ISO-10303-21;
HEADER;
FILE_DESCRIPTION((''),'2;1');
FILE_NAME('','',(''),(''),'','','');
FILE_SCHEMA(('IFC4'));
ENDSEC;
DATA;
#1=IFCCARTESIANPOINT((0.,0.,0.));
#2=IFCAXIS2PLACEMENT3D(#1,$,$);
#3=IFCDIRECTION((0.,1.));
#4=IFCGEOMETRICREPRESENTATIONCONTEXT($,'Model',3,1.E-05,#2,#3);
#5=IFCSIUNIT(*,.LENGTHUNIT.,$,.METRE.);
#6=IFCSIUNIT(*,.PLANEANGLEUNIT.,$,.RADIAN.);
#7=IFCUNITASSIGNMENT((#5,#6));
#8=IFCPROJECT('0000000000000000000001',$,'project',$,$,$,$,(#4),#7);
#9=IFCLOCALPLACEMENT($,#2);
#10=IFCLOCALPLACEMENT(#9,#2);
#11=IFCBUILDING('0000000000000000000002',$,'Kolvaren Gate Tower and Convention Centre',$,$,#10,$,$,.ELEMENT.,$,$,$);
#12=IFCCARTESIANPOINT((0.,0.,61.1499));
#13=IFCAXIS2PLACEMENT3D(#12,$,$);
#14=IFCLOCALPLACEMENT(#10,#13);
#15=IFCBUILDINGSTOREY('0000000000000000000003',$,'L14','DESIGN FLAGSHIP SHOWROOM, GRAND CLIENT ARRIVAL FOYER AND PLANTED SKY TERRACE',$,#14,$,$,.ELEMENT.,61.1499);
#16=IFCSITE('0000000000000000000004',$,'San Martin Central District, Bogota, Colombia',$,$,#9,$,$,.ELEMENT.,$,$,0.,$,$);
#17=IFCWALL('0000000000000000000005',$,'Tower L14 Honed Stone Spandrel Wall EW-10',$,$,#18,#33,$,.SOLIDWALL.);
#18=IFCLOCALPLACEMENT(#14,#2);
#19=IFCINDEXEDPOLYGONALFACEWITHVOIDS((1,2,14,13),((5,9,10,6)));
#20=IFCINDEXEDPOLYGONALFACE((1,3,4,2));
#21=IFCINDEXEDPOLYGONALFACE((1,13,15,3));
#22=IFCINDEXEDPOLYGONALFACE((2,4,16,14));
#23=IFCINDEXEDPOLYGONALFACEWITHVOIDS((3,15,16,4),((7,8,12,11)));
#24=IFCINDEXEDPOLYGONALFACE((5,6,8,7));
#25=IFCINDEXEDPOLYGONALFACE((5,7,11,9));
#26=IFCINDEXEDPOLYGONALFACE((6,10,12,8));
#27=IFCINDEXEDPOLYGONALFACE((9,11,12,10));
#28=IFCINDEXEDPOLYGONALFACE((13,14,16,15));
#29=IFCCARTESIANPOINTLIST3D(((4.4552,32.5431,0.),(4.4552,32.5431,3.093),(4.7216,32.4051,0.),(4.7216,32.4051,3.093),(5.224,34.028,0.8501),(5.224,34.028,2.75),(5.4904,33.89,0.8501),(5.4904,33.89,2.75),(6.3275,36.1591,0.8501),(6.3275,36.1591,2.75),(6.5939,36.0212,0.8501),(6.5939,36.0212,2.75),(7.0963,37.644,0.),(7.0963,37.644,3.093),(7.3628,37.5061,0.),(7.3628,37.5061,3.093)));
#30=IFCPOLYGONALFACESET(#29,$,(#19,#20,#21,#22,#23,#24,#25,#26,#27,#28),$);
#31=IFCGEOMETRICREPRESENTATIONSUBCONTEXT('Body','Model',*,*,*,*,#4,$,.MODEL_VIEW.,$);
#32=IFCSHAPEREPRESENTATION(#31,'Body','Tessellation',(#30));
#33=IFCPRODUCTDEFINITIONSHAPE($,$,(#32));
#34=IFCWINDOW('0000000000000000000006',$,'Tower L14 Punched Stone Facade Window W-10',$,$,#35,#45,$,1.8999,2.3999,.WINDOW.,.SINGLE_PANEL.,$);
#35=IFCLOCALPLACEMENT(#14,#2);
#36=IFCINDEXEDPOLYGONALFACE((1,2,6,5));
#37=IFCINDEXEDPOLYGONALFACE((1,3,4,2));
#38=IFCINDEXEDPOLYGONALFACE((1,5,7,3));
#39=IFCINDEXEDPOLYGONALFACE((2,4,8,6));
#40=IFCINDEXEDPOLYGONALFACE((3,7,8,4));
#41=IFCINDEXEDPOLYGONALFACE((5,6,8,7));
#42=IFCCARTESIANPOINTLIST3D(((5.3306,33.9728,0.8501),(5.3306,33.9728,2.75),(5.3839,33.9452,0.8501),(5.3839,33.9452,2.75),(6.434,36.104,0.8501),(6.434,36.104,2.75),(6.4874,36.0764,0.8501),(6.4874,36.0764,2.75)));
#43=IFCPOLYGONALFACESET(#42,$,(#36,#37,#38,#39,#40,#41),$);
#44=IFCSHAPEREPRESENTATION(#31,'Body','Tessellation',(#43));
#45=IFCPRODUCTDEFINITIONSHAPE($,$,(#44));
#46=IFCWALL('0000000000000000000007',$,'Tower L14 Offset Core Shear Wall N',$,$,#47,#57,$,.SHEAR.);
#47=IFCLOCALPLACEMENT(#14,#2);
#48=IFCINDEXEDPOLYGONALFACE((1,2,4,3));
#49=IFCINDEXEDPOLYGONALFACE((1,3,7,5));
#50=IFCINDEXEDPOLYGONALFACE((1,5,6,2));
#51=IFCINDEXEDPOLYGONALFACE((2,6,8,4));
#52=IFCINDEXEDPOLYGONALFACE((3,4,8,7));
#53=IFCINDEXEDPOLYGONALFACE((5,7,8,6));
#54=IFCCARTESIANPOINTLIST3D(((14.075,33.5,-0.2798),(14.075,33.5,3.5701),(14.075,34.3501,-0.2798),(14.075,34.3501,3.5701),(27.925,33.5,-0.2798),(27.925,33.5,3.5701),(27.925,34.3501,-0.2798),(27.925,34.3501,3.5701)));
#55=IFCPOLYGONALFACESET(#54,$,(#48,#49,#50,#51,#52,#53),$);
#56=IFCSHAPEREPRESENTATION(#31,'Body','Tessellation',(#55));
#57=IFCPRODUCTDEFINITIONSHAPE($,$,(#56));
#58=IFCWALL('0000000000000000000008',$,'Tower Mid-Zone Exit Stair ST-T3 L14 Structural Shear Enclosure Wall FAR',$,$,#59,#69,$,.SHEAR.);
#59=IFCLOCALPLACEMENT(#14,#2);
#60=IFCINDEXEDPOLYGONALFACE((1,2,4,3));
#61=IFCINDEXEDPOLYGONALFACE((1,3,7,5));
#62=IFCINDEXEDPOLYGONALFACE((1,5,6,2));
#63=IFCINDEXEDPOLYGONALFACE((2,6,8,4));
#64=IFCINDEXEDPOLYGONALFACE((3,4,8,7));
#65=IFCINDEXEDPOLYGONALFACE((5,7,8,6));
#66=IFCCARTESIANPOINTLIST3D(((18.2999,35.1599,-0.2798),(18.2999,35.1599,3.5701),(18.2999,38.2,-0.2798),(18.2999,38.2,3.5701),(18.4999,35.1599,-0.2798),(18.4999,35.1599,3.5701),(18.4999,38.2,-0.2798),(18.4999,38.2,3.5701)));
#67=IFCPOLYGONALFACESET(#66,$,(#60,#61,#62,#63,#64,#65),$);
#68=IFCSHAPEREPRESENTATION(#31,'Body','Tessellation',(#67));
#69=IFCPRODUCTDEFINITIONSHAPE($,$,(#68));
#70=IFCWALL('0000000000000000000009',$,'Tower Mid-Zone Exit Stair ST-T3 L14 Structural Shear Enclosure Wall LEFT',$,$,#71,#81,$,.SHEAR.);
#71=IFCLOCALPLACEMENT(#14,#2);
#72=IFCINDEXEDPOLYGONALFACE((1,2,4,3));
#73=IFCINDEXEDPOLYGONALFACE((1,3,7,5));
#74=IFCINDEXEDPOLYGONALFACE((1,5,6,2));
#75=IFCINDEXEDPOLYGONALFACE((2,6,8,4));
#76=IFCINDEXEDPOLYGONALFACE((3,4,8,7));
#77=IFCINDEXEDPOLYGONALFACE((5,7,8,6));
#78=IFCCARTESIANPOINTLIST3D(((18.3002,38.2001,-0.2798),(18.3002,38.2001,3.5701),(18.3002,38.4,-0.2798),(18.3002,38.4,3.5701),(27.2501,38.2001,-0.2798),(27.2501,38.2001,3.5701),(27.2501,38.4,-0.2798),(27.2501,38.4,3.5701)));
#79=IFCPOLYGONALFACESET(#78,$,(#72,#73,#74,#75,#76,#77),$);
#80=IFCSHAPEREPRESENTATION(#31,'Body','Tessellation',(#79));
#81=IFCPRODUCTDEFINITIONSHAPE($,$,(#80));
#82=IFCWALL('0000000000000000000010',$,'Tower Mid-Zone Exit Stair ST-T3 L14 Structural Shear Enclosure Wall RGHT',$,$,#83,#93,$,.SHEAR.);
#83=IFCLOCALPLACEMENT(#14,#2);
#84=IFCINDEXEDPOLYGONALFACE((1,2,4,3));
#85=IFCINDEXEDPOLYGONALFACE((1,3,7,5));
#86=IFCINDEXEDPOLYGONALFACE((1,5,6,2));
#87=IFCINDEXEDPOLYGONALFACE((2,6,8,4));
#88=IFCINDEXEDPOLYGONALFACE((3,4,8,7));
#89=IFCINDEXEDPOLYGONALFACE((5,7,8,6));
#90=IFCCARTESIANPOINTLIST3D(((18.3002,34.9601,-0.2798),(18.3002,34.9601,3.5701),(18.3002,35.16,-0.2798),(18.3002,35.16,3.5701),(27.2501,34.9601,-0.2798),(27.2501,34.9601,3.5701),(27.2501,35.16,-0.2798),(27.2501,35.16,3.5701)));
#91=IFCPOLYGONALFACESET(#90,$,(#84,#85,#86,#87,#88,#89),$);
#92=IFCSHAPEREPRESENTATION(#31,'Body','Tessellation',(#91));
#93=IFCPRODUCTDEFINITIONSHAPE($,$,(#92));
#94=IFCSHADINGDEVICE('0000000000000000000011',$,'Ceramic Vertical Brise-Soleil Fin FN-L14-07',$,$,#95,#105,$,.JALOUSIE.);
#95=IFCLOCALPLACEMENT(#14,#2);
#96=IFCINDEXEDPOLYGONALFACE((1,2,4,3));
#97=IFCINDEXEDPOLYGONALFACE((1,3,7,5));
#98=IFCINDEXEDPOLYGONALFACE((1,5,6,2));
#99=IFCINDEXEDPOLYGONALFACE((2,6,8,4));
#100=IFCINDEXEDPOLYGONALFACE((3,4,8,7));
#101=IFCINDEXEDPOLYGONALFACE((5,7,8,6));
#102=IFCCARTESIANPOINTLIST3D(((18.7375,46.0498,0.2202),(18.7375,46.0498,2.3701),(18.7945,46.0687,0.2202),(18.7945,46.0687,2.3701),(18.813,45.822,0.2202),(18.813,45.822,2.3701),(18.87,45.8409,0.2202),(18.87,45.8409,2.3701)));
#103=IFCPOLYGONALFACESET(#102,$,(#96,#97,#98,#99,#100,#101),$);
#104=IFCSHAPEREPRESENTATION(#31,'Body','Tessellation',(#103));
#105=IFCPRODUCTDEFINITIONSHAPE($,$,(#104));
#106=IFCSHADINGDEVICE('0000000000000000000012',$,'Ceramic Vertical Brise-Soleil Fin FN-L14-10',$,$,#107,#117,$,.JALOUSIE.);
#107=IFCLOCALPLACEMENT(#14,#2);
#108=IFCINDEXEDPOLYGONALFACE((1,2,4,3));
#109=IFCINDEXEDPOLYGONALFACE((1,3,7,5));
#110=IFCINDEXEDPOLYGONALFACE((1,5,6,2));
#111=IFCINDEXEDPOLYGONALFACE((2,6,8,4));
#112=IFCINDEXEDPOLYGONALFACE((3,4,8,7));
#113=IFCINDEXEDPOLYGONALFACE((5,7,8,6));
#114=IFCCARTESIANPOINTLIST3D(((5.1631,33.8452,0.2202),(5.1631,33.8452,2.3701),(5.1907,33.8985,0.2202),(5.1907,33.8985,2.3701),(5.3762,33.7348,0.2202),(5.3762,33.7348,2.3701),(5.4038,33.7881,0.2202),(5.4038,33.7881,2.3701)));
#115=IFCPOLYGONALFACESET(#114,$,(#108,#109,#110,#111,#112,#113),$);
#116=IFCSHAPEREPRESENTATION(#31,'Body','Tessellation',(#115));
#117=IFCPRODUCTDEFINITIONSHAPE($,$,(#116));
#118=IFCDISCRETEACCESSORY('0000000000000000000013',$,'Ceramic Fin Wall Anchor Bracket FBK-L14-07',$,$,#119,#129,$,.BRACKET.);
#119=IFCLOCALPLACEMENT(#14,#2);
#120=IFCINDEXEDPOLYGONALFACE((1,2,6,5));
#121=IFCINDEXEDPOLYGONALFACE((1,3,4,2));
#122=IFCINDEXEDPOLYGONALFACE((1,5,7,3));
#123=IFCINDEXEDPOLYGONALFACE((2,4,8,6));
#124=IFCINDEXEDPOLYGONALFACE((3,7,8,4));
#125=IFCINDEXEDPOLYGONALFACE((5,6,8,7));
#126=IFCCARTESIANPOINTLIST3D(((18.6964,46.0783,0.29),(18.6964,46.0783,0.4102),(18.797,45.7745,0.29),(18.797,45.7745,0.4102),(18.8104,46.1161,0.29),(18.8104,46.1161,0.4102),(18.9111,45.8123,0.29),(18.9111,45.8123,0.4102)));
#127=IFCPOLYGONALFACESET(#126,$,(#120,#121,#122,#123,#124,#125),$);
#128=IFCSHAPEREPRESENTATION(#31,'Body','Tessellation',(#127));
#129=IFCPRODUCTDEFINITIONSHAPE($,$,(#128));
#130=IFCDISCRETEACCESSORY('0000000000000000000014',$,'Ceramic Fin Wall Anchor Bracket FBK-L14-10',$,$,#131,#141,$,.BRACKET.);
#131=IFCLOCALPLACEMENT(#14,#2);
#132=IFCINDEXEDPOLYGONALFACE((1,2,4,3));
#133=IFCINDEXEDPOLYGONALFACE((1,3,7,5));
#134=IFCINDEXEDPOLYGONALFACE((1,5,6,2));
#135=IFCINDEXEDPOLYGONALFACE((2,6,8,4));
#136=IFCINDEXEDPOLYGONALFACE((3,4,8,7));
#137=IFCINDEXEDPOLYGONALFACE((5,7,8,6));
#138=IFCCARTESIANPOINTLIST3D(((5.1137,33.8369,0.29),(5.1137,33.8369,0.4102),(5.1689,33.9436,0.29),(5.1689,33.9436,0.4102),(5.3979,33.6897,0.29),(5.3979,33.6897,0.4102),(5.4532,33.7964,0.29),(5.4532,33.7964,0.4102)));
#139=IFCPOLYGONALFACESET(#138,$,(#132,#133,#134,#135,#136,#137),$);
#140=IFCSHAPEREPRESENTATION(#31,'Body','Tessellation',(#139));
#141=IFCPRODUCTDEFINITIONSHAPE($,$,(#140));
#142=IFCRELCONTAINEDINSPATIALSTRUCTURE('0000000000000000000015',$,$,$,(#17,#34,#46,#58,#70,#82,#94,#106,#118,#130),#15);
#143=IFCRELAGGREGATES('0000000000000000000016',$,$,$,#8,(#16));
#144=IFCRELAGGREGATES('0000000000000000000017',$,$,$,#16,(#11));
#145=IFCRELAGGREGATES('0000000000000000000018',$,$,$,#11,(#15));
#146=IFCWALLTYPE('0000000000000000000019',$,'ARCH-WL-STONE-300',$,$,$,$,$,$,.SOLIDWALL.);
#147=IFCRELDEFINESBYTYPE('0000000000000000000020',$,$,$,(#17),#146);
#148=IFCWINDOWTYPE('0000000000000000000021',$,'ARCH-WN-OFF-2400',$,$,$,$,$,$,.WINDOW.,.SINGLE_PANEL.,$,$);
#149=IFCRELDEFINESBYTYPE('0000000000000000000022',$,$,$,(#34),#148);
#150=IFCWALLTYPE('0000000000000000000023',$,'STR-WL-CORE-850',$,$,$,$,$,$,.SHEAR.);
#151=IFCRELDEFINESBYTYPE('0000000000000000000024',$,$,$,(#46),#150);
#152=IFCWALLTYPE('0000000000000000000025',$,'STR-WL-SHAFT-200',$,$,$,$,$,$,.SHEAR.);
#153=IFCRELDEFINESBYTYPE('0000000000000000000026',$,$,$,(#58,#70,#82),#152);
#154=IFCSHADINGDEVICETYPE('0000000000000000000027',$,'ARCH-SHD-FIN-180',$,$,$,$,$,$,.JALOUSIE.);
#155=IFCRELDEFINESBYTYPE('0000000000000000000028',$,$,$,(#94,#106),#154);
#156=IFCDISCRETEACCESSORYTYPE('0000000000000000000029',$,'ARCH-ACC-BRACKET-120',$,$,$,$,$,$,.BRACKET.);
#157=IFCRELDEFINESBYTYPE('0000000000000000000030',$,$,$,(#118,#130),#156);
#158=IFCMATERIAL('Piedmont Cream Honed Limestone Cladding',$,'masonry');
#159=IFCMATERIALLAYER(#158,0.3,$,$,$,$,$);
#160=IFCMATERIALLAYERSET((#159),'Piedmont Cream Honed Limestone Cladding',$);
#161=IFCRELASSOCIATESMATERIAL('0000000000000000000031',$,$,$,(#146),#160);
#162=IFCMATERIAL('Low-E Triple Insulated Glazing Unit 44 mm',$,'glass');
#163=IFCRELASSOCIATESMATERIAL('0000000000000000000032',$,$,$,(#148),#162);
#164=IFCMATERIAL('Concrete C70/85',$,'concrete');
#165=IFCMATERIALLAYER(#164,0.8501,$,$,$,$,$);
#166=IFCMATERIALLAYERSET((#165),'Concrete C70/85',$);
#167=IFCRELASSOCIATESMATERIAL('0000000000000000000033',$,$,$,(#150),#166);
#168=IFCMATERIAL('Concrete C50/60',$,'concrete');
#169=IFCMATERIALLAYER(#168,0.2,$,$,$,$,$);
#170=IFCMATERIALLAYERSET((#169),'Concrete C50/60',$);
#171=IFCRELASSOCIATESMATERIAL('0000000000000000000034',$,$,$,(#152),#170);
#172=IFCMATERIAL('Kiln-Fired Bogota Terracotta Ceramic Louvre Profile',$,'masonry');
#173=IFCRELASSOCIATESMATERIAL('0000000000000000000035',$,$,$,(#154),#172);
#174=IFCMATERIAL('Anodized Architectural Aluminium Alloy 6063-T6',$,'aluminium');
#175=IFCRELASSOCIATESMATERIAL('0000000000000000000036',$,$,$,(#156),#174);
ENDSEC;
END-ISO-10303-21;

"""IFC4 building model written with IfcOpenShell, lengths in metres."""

from ifc_helpers import new_model, si_unit, direction, frame, frame_2d, origin, origin_2d, place, context, subcontext, project, spatial, rectangle, extrude, material, layer, layer_set, type_object, element, fill, save


model = new_model("IFC4")

# Units and contexts
model_context = context("Model", 3, precision=1e-05, world=origin(), true_north=direction((0.0, 1.0)))
body_context = subcontext(model_context, "Body", "Model", "MODEL_VIEW")
ifc_project = project(units=[si_unit("LENGTHUNIT", "METRE"), si_unit("PLANEANGLEUNIT", "RADIAN")], contexts=[model_context])

# Site, building, storey
site_placement = place(None, origin())
site = spatial("IfcSite", under=ifc_project, at=site_placement, Name="San Martin Central District, Bogota, Colombia", CompositionType="ELEMENT", RefElevation=0.0)
building_placement = place(site_placement, origin())
building = spatial("IfcBuilding", under=site, at=building_placement, Name="Kolvaren Gate Tower and Convention Centre", CompositionType="ELEMENT")
storey_placement = place(building_placement, frame((0.0, 0.0, 61.1499)))
storey = spatial("IfcBuildingStorey", under=building, at=storey_placement, Name="L14", Description="DESIGN FLAGSHIP SHOWROOM, GRAND CLIENT ARRIVAL FOYER AND PLANTED SKY TERRACE", CompositionType="ELEMENT", Elevation=61.1499)

# Shared definitions
ifc_material_1 = material(Name="Concrete C70/85", Category="concrete")

# Shared definitions
ifc_material_2 = material(Name="Piedmont Cream Honed Limestone Cladding", Category="masonry")

# Shared definitions
ifc_layer_1 = layer(ifc_material_2, 0.3)
ifc_layer_set_1 = layer_set([ifc_layer_1], Name="Piedmont Cream Honed Limestone Cladding")
wall_type_1 = type_object("IfcWallType", Name="ARCH-WL-STONE-300", PredefinedType="SOLIDWALL", material=ifc_layer_set_1)
ifc_material_3 = material(Name="Low-E Triple Insulated Glazing Unit 44 mm", Category="glass")
window_type = type_object("IfcWindowType", Name="ARCH-WN-OFF-2400", PartitioningType="SINGLE_PANEL", PredefinedType="WINDOW", material=ifc_material_3)

# Shared definitions
ifc_material_4 = material(Name="Anodized Architectural Aluminium Alloy 6063-T6", Category="aluminium")

# Wall, opening, window
wall_1_placement = place(storey_placement, frame((4.5884, 32.4741, 0.0), z_axis=(0.0, 0.0, 1.0), x_axis=(0.459801, 0.888022, 0.0)))
wall_1 = element("IfcWall", 1, at=wall_1_placement, inside=storey, type_object=wall_type_1, Name="Tower L14 Honed Stone Spandrel Wall EW-10", PredefinedType="SOLIDWALL", context=body_context, shape_type="SweptSolid", body=[
    extrude(rectangle(XDim=5.7441, YDim=0.3, at=frame_2d((2.8721, 0.0))), origin(), (0.0, 0.0, 1.0), 3.093),
])
opening_1_placement = place(wall_1_placement, frame((1.6721, 0.0, 0.8501)))
opening_1 = element("IfcOpeningElement", 2, at=opening_1_placement, cuts=wall_1, PredefinedType="OPENING", context=body_context, shape_type="SweptSolid", body=[
    extrude(rectangle(XDim=2.3999, YDim=1.8999, at=frame_2d((1.2, 0.95))), frame((0.0, 0.1599, 0.0), z_axis=(0.0, -1.0, 0.0), x_axis=(1.0, 0.0, 0.0)), (0.0, 0.0, 1.0), 0.3201),
])
window_1_placement = place(opening_1_placement, origin())
window_1 = element("IfcWindow", 3, at=window_1_placement, inside=storey, type_object=window_type, Name="Tower L14 Punched Stone Facade Window W-10", OverallHeight=1.8999, OverallWidth=2.3999, PartitioningType="SINGLE_PANEL", PredefinedType="WINDOW", context=body_context, shape_type="SweptSolid", body=[
    extrude(rectangle(XDim=2.3999, YDim=1.8999, at=frame_2d((1.2, 0.95))), frame((0.0, 0.03, 0.0), z_axis=(0.0, -1.0, 0.0), x_axis=(1.0, 0.0, 0.0)), (0.0, 0.0, 1.0), 0.0601),
])
fill(opening_1, window_1)

# Walls
ifc_layer_2 = layer(ifc_material_1, 0.8501)
ifc_layer_set_2 = layer_set([ifc_layer_2], Name="Concrete C70/85")
wall_type_2 = type_object("IfcWallType", Name="STR-WL-CORE-850", PredefinedType="SHEAR", material=ifc_layer_set_2)
wall_2_placement = place(storey_placement, frame((14.075, 33.925, -0.2798), z_axis=(0.0, 0.0, 1.0), x_axis=(1.0, 0.0, 0.0)))
element("IfcWall", 4, at=wall_2_placement, inside=storey, type_object=wall_type_2, Name="Tower L14 Offset Core Shear Wall N", PredefinedType="SHEAR", context=body_context, shape_type="SweptSolid", body=[
    extrude(rectangle(XDim=13.8501, YDim=0.8501, at=frame_2d((6.925, 0.0))), origin(), (0.0, 0.0, 1.0), 3.8499),
])
ifc_material_5 = material(Name="Concrete C50/60", Category="concrete")
ifc_layer_3 = layer(ifc_material_5, 0.2)
ifc_layer_set_3 = layer_set([ifc_layer_3], Name="Concrete C50/60")
wall_type_3 = type_object("IfcWallType", Name="STR-WL-SHAFT-200", PredefinedType="SHEAR", material=ifc_layer_set_3)
wall_3_placement = place(storey_placement, frame((18.3999, 35.1599, -0.2798), z_axis=(0.0, 0.0, 1.0), x_axis=(0.0, 1.0, 0.0)))
element("IfcWall", 5, at=wall_3_placement, inside=storey, type_object=wall_type_3, Name="Tower Mid-Zone Exit Stair ST-T3 L14 Structural Shear Enclosure Wall FAR", PredefinedType="SHEAR", context=body_context, shape_type="SweptSolid", body=[
    extrude(rectangle(XDim=3.04, YDim=0.2, at=frame_2d((1.52, 0.0))), origin(), (0.0, 0.0, 1.0), 3.8499),
])
for number, where, z_axis, x_axis, name in (
    (6, (18.3, 38.3, -0.2798), (0.0, 0.0, 1.0), (1.0, 0.0, 0.0), "Tower Mid-Zone Exit Stair ST-T3 L14 Structural Shear Enclosure Wall LEFT"),
    (7, (18.3, 35.0601, -0.2798), (0.0, 0.0, 1.0), (1.0, 0.0, 0.0), "Tower Mid-Zone Exit Stair ST-T3 L14 Structural Shear Enclosure Wall RGHT"),
):
    element("IfcWall", number, at=place(storey_placement, frame(where, z_axis=z_axis, x_axis=x_axis)), inside=storey, type_object=wall_type_3, Name=name, PredefinedType="SHEAR", context=body_context, shape_type="SweptSolid", body=[
        extrude(rectangle(XDim=8.95, YDim=0.2, at=frame_2d((4.4751, 0.0))), origin(), (0.0, 0.0, 1.0), 3.8499),
    ])

# Shading devices
ifc_material_6 = material(Name="Kiln-Fired Bogota Terracotta Ceramic Louvre Profile", Category="masonry")
shading_device_type = type_object("IfcShadingDeviceType", Name="ARCH-SHD-FIN-180", PredefinedType="JALOUSIE", material=ifc_material_6)
for number, where, z_axis, x_axis, name in (
    (8, (18.8037, 45.9453, 0.2202), (0.0, 0.0, 1.0), (0.94924, 0.314552, 0.0), "Ceramic Vertical Brise-Soleil Fin FN-L14-07"),
    (9, (5.2834, 33.8167, 0.2202), (0.0, 0.0, 1.0), (0.459802, 0.888022, 0.0), "Ceramic Vertical Brise-Soleil Fin FN-L14-10"),
):
    element("IfcShadingDevice", number, at=place(storey_placement, frame(where, z_axis=z_axis, x_axis=x_axis)), inside=storey, type_object=shading_device_type, Name=name, PredefinedType="JALOUSIE", context=body_context, shape_type="SweptSolid", body=[
        extrude(rectangle(XDim=0.0601, YDim=0.24, at=origin_2d()), origin(), (0.0, 0.0, 1.0), 2.1499),
    ])

# Discrete accessories
discrete_accessory_type = type_object("IfcDiscreteAccessoryType", Name="ARCH-ACC-BRACKET-120", PredefinedType="BRACKET", material=ifc_material_4)
for number, where, z_axis, x_axis, name in (
    (10, (18.8037, 45.9453, 0.29), (0.0, 0.0, 1.0), (0.94924, 0.314552, 0.0), "Ceramic Fin Wall Anchor Bracket FBK-L14-07"),
    (11, (5.2834, 33.8167, 0.29), (0.0, 0.0, 1.0), (0.459802, 0.888022, 0.0), "Ceramic Fin Wall Anchor Bracket FBK-L14-10"),
):
    element("IfcDiscreteAccessory", number, at=place(storey_placement, frame(where, z_axis=z_axis, x_axis=x_axis)), inside=storey, type_object=discrete_accessory_type, Name=name, PredefinedType="BRACKET", context=body_context, shape_type="SweptSolid", body=[
        extrude(rectangle(XDim=0.1201, YDim=0.3201, at=origin_2d()), origin(), (0.0, 0.0, 1.0), 0.1201),
    ])

save(model, "model.ifc")
